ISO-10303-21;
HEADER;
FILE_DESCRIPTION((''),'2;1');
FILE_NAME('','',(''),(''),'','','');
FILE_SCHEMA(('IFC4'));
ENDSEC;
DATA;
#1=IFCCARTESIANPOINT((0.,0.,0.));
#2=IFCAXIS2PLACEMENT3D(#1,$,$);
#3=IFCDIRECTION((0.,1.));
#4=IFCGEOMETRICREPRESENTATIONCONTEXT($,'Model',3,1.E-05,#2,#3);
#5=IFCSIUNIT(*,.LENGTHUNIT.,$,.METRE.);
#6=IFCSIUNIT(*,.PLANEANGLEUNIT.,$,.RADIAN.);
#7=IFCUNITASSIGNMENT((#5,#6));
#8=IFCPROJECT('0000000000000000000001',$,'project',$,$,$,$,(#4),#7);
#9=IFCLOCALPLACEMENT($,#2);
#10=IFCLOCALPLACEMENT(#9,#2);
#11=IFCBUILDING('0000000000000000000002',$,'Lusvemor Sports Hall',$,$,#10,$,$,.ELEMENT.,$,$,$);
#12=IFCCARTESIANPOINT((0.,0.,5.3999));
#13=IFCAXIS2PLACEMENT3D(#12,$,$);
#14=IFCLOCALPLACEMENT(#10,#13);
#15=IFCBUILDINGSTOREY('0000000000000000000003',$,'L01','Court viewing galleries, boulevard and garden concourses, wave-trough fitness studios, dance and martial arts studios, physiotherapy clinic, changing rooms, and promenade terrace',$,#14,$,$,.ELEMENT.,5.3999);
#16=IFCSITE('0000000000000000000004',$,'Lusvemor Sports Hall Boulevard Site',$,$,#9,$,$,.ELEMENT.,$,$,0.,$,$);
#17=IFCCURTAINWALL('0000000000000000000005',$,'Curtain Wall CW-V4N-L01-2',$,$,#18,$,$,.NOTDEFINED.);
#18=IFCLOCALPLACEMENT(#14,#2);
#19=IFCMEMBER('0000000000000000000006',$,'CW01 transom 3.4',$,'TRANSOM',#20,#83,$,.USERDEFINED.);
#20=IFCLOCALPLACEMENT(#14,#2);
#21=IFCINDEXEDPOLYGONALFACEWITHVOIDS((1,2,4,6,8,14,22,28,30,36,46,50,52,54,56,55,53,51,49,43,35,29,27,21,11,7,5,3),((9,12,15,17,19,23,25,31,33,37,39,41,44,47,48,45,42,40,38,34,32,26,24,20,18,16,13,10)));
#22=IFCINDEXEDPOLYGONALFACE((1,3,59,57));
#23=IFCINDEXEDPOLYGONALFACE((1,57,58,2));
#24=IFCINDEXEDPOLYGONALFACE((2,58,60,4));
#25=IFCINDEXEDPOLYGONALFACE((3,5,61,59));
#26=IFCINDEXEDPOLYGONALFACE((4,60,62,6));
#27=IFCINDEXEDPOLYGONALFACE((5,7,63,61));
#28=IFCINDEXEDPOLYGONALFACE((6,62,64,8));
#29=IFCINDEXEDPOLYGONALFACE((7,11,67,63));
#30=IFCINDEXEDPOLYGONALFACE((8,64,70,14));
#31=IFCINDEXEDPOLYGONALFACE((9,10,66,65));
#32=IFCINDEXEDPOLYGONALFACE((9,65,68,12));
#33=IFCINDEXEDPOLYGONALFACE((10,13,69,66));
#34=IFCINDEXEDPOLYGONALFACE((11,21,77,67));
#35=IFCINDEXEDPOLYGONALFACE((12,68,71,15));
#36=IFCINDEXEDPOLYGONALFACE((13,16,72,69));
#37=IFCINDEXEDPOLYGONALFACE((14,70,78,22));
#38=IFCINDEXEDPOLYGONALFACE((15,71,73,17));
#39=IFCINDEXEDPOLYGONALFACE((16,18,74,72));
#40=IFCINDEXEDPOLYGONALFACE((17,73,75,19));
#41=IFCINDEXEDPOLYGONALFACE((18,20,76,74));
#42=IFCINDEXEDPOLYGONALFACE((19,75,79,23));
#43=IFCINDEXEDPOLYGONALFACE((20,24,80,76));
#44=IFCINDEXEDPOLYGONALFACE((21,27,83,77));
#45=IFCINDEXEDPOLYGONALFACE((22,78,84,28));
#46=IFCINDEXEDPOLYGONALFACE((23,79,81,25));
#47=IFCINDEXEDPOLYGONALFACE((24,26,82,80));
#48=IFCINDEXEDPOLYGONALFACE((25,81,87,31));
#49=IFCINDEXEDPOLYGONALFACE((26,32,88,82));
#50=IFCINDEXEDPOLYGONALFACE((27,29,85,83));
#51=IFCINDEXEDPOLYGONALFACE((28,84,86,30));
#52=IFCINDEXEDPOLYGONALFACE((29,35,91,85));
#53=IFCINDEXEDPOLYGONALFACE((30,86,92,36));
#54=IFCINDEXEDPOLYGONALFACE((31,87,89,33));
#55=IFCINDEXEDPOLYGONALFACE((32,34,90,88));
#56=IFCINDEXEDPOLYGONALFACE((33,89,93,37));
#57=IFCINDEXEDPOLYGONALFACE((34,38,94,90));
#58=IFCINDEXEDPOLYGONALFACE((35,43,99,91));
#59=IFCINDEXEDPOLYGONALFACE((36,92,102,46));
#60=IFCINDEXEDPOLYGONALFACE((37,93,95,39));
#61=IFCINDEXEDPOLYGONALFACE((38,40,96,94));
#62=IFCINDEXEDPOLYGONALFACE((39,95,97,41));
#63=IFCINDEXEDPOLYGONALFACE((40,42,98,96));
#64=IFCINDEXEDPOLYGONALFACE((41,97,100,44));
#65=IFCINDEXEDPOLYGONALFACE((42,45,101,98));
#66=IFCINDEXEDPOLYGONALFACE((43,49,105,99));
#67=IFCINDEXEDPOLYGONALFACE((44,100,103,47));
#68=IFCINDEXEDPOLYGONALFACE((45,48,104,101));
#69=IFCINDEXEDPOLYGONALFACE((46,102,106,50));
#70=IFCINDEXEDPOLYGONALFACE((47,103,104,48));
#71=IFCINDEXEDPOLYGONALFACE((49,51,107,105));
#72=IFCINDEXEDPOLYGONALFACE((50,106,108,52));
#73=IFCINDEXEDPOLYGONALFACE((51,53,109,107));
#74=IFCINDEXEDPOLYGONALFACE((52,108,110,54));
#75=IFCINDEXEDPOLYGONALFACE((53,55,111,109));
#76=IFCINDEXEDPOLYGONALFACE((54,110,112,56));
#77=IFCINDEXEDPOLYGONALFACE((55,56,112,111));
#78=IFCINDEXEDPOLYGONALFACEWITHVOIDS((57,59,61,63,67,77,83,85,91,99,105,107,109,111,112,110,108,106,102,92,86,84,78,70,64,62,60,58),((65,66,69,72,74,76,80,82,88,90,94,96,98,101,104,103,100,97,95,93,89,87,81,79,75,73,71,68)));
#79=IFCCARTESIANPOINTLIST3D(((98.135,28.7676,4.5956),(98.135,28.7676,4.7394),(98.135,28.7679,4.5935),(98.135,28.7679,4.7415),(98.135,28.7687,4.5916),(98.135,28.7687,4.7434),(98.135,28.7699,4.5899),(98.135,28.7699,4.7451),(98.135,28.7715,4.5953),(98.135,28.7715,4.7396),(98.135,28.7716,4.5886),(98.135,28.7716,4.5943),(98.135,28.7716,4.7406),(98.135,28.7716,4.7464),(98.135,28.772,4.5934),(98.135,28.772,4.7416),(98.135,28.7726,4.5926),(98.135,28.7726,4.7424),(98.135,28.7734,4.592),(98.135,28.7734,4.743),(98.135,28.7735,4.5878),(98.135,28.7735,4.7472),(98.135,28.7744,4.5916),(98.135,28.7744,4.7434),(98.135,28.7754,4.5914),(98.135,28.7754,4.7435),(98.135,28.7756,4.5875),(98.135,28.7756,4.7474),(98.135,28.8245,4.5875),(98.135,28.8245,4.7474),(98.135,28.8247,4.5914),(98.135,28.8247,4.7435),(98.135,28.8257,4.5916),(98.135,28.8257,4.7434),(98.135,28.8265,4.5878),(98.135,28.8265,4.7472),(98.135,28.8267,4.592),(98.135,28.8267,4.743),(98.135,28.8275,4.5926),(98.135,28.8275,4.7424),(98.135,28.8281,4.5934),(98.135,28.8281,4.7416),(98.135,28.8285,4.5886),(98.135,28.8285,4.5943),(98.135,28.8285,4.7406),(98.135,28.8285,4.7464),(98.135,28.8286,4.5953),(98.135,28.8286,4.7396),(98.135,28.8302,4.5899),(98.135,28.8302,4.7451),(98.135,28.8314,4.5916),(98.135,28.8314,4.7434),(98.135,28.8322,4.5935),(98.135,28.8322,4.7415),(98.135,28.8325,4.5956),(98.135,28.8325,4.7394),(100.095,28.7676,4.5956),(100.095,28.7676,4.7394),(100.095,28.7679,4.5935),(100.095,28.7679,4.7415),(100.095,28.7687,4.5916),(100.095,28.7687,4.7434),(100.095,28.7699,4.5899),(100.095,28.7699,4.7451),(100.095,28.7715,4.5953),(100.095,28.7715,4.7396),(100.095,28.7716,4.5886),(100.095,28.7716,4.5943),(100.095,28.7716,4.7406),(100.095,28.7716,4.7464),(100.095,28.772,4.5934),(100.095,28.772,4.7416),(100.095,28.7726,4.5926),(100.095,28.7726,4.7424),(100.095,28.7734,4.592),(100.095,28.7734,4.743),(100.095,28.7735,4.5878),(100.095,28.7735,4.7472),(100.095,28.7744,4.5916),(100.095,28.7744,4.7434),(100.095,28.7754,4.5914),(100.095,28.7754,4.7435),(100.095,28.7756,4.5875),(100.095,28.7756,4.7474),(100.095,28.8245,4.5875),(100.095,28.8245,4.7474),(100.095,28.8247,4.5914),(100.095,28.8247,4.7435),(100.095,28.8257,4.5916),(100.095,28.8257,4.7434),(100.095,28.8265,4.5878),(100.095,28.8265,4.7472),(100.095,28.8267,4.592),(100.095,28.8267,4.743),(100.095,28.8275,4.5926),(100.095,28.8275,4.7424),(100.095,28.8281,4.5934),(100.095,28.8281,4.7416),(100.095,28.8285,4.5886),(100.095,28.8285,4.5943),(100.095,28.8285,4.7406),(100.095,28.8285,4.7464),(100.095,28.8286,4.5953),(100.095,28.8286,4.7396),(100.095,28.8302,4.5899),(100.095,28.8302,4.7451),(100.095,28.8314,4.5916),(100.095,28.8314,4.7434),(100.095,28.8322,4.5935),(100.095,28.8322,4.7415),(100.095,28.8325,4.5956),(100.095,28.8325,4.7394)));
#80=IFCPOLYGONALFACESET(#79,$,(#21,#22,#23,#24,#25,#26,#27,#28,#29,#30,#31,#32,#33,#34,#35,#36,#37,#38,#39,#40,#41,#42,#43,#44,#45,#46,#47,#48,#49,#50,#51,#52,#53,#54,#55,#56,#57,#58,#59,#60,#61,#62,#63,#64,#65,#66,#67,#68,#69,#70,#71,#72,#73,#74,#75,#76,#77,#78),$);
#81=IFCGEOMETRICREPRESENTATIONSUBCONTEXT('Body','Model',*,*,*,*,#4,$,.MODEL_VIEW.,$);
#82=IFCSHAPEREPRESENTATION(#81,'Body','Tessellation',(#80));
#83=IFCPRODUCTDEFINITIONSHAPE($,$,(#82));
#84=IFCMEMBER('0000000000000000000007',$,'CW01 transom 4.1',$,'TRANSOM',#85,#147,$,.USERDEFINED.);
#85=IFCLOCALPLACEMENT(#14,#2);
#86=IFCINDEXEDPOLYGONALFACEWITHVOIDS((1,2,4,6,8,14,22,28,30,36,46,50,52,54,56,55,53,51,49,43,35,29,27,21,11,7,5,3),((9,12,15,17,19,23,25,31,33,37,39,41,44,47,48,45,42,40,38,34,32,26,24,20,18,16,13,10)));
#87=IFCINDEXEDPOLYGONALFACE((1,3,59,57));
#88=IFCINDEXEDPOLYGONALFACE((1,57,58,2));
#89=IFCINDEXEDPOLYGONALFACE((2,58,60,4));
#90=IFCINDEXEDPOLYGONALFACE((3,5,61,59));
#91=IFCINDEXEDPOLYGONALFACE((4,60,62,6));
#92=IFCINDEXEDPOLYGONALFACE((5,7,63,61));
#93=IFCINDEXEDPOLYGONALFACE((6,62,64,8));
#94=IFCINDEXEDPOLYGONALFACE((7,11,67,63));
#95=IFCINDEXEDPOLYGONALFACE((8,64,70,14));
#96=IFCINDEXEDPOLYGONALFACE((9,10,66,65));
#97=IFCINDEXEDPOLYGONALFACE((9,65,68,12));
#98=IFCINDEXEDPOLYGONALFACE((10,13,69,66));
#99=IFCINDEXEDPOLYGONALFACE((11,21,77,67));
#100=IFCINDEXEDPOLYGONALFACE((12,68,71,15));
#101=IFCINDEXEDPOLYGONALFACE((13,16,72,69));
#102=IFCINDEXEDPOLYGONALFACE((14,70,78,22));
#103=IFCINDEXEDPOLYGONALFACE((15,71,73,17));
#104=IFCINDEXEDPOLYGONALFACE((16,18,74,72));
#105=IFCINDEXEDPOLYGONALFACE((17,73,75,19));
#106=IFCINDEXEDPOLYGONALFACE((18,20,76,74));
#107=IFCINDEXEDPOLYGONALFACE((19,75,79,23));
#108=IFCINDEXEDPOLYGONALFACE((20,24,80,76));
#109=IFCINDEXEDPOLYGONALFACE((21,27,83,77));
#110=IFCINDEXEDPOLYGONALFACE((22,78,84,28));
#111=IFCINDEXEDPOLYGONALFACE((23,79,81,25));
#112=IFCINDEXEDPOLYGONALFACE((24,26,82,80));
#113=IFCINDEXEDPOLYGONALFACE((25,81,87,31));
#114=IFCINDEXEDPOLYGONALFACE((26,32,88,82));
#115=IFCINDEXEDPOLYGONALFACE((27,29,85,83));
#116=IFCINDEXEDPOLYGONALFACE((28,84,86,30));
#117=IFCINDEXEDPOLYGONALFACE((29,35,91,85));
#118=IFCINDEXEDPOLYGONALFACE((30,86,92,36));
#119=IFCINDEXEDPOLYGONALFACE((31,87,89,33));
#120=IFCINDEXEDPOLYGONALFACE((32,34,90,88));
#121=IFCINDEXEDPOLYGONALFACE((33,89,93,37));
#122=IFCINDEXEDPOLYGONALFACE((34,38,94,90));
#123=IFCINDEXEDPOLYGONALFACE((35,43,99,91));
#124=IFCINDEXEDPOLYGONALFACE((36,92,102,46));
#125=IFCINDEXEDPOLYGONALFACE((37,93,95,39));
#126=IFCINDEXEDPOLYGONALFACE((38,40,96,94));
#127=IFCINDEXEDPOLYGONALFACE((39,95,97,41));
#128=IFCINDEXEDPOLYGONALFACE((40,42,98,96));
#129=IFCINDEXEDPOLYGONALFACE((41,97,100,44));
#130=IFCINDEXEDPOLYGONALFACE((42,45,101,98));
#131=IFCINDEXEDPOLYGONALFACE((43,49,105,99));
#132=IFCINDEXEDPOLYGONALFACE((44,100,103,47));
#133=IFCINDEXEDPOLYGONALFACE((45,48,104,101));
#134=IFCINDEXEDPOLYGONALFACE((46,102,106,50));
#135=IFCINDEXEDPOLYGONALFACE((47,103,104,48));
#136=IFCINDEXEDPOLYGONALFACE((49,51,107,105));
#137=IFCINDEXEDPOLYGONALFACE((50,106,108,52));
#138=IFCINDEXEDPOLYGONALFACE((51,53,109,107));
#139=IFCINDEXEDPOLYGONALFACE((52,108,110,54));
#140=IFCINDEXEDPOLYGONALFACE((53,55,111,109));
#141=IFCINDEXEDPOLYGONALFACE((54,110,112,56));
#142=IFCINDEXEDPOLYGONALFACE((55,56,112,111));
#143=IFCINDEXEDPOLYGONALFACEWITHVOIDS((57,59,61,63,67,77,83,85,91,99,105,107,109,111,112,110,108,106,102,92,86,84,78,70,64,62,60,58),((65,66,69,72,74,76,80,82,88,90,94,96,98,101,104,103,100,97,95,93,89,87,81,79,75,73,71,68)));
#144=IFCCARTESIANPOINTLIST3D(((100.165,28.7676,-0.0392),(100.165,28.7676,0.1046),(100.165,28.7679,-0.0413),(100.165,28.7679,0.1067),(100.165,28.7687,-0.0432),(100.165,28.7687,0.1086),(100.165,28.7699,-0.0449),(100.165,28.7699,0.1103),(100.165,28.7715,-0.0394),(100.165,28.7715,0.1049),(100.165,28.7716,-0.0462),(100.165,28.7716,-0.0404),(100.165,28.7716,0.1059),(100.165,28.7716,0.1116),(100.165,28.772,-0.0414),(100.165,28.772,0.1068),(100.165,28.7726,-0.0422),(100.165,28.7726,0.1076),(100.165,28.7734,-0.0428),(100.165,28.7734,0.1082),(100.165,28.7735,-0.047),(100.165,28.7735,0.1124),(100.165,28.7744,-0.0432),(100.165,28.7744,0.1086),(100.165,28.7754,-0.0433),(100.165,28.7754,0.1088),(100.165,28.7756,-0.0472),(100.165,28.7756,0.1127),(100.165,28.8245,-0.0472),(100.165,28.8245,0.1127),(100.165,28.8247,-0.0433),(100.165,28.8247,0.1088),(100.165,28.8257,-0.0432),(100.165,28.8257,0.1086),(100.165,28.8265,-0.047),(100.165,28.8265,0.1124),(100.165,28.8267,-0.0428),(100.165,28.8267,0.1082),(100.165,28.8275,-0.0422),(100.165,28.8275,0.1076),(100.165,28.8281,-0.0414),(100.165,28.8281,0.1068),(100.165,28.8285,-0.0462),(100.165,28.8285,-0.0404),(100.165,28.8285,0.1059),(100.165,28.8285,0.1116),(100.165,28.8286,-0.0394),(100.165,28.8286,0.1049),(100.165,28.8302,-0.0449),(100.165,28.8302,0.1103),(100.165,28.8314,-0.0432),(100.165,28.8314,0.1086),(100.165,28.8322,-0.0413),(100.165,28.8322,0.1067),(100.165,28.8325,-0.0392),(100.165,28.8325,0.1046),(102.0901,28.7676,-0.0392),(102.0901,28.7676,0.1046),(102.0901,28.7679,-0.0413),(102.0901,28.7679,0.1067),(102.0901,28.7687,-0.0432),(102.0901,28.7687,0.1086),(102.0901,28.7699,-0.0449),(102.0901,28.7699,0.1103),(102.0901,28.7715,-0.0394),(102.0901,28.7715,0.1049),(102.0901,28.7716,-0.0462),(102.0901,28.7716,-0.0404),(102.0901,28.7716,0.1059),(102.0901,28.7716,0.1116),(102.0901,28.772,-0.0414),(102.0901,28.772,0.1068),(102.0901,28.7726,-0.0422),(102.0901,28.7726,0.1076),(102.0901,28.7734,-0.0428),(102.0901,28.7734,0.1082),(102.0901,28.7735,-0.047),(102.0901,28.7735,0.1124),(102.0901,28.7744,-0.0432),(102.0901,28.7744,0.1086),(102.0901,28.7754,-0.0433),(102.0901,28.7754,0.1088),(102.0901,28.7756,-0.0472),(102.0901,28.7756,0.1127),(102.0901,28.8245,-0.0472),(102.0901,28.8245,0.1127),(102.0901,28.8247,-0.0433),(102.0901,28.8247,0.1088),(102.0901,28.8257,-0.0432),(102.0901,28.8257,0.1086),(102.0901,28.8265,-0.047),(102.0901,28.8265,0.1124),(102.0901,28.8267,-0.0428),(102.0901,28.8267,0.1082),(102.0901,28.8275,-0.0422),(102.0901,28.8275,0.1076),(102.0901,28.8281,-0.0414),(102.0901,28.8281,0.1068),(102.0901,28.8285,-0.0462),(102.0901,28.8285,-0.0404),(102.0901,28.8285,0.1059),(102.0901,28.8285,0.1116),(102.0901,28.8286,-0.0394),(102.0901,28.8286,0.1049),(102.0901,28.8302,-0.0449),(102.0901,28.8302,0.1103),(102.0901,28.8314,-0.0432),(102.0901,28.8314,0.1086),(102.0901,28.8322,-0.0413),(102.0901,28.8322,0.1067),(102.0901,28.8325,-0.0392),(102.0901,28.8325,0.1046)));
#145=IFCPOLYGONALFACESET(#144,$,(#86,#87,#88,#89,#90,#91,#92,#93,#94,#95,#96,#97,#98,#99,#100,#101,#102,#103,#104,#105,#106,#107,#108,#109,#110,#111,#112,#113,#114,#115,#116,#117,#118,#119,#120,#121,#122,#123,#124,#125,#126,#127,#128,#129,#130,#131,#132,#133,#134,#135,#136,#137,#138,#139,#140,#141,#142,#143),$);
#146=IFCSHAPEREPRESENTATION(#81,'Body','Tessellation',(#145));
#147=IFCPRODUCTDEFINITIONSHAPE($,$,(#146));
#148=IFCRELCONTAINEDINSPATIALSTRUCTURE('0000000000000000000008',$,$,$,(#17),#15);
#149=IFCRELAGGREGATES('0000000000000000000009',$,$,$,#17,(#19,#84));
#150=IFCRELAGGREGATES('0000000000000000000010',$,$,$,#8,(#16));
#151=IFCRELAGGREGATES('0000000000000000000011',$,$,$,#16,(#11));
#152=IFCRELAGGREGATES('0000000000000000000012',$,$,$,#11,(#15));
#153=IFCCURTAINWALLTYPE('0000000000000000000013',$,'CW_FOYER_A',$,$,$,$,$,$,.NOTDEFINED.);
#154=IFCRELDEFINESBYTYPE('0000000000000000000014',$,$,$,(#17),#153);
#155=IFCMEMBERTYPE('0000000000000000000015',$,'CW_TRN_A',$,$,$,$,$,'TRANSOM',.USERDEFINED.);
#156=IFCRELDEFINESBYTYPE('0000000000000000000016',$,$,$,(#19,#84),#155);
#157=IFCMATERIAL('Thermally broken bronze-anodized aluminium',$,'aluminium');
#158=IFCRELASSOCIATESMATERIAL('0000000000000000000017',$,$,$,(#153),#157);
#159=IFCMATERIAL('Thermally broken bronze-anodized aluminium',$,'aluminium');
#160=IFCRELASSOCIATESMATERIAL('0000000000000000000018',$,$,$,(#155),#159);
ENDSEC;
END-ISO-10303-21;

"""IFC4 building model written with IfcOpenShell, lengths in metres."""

from ifc_helpers import new_model, si_unit, direction, frame, origin, origin_2d, place, context, subcontext, project, spatial, hollow_rectangle, extrude, material, material_profile, profile_set, type_object, element, aggregate, save


model = new_model("IFC4")

# Units and contexts
model_context = context("Model", 3, precision=1e-05, world=origin(), true_north=direction((0.0, 1.0)))
body_context = subcontext(model_context, "Body", "Model", "MODEL_VIEW")
ifc_project = project(units=[si_unit("LENGTHUNIT", "METRE"), si_unit("PLANEANGLEUNIT", "RADIAN")], contexts=[model_context])

# Site, building, storey
site_placement = place(None, origin())
site = spatial("IfcSite", under=ifc_project, at=site_placement, Name="Lusvemor Sports Hall Boulevard Site", CompositionType="ELEMENT", RefElevation=0.0)
building_placement = place(site_placement, origin())
building = spatial("IfcBuilding", under=site, at=building_placement, Name="Lusvemor Sports Hall", CompositionType="ELEMENT")
storey_placement = place(building_placement, frame((0.0, 0.0, 5.3999)))
storey = spatial("IfcBuildingStorey", under=building, at=storey_placement, Name="L01", Description="Court viewing galleries, boulevard and garden concourses, wave-trough fitness studios, dance and martial arts studios, physiotherapy clinic, changing rooms, and promenade terrace", CompositionType="ELEMENT", Elevation=5.3999)

# Curtain wall
ifc_material_1 = material(Name="Thermally broken bronze-anodized aluminium", Category="aluminium")
curtain_wall_type = type_object("IfcCurtainWallType", Name="CW_FOYER_A", PredefinedType="NOTDEFINED", material=ifc_material_1)
curtain_wall_1_placement = place(storey_placement, origin())
curtain_wall_1 = element("IfcCurtainWall", 1, at=curtain_wall_1_placement, inside=storey, type_object=curtain_wall_type, Name="Curtain Wall CW-V4N-L01-2", PredefinedType="NOTDEFINED")

# Members
ifc_material_2 = material(Name="Thermally broken bronze-anodized aluminium", Category="aluminium")
ifc_material_profile_1 = material_profile(ifc_material_2, hollow_rectangle(XDim=0.0649, YDim=0.1599, WallThickness=0.0039, InnerFilletRadius=0.0039, OuterFilletRadius=0.0081, at=origin_2d()), Name="CWTRN160x65x4")
ifc_profile_set_1 = profile_set([ifc_material_profile_1], Name="Thermally broken bronze-anodized aluminium")
member_type_1 = type_object("IfcMemberType", Name="CW_TRN_A", ElementType="TRANSOM", PredefinedType="USERDEFINED", material=ifc_profile_set_1)
member_1_placement = place(storey_placement, frame((98.135, 28.8, 4.6675), z_axis=(1.0, 0.0, 0.0), x_axis=(0.0, 1.0, 0.0)))
member_1 = element("IfcMember", 2, at=member_1_placement, type_object=member_type_1, Name="CW01 transom 3.4", ObjectType="TRANSOM", PredefinedType="USERDEFINED", context=body_context, shape_type="SweptSolid", body=[
    extrude(hollow_rectangle(XDim=0.0649, YDim=0.1599, WallThickness=0.0039, InnerFilletRadius=0.0039, OuterFilletRadius=0.0081, at=origin_2d()), origin(), (0.0, 0.0, 1.0), 1.96),
])
member_2_placement = place(storey_placement, frame((100.165, 28.8, 0.0327), z_axis=(1.0, 0.0, 0.0), x_axis=(0.0, 1.0, 0.0)))
member_2 = element("IfcMember", 3, at=member_2_placement, type_object=member_type_1, Name="CW01 transom 4.1", ObjectType="TRANSOM", PredefinedType="USERDEFINED", context=body_context, shape_type="SweptSolid", body=[
    extrude(hollow_rectangle(XDim=0.0649, YDim=0.1599, WallThickness=0.0039, InnerFilletRadius=0.0039, OuterFilletRadius=0.0081, at=origin_2d()), origin(), (0.0, 0.0, 1.0), 1.925),
])

aggregate(curtain_wall_1, [member_1, member_2])

save(model, "model.ifc")
